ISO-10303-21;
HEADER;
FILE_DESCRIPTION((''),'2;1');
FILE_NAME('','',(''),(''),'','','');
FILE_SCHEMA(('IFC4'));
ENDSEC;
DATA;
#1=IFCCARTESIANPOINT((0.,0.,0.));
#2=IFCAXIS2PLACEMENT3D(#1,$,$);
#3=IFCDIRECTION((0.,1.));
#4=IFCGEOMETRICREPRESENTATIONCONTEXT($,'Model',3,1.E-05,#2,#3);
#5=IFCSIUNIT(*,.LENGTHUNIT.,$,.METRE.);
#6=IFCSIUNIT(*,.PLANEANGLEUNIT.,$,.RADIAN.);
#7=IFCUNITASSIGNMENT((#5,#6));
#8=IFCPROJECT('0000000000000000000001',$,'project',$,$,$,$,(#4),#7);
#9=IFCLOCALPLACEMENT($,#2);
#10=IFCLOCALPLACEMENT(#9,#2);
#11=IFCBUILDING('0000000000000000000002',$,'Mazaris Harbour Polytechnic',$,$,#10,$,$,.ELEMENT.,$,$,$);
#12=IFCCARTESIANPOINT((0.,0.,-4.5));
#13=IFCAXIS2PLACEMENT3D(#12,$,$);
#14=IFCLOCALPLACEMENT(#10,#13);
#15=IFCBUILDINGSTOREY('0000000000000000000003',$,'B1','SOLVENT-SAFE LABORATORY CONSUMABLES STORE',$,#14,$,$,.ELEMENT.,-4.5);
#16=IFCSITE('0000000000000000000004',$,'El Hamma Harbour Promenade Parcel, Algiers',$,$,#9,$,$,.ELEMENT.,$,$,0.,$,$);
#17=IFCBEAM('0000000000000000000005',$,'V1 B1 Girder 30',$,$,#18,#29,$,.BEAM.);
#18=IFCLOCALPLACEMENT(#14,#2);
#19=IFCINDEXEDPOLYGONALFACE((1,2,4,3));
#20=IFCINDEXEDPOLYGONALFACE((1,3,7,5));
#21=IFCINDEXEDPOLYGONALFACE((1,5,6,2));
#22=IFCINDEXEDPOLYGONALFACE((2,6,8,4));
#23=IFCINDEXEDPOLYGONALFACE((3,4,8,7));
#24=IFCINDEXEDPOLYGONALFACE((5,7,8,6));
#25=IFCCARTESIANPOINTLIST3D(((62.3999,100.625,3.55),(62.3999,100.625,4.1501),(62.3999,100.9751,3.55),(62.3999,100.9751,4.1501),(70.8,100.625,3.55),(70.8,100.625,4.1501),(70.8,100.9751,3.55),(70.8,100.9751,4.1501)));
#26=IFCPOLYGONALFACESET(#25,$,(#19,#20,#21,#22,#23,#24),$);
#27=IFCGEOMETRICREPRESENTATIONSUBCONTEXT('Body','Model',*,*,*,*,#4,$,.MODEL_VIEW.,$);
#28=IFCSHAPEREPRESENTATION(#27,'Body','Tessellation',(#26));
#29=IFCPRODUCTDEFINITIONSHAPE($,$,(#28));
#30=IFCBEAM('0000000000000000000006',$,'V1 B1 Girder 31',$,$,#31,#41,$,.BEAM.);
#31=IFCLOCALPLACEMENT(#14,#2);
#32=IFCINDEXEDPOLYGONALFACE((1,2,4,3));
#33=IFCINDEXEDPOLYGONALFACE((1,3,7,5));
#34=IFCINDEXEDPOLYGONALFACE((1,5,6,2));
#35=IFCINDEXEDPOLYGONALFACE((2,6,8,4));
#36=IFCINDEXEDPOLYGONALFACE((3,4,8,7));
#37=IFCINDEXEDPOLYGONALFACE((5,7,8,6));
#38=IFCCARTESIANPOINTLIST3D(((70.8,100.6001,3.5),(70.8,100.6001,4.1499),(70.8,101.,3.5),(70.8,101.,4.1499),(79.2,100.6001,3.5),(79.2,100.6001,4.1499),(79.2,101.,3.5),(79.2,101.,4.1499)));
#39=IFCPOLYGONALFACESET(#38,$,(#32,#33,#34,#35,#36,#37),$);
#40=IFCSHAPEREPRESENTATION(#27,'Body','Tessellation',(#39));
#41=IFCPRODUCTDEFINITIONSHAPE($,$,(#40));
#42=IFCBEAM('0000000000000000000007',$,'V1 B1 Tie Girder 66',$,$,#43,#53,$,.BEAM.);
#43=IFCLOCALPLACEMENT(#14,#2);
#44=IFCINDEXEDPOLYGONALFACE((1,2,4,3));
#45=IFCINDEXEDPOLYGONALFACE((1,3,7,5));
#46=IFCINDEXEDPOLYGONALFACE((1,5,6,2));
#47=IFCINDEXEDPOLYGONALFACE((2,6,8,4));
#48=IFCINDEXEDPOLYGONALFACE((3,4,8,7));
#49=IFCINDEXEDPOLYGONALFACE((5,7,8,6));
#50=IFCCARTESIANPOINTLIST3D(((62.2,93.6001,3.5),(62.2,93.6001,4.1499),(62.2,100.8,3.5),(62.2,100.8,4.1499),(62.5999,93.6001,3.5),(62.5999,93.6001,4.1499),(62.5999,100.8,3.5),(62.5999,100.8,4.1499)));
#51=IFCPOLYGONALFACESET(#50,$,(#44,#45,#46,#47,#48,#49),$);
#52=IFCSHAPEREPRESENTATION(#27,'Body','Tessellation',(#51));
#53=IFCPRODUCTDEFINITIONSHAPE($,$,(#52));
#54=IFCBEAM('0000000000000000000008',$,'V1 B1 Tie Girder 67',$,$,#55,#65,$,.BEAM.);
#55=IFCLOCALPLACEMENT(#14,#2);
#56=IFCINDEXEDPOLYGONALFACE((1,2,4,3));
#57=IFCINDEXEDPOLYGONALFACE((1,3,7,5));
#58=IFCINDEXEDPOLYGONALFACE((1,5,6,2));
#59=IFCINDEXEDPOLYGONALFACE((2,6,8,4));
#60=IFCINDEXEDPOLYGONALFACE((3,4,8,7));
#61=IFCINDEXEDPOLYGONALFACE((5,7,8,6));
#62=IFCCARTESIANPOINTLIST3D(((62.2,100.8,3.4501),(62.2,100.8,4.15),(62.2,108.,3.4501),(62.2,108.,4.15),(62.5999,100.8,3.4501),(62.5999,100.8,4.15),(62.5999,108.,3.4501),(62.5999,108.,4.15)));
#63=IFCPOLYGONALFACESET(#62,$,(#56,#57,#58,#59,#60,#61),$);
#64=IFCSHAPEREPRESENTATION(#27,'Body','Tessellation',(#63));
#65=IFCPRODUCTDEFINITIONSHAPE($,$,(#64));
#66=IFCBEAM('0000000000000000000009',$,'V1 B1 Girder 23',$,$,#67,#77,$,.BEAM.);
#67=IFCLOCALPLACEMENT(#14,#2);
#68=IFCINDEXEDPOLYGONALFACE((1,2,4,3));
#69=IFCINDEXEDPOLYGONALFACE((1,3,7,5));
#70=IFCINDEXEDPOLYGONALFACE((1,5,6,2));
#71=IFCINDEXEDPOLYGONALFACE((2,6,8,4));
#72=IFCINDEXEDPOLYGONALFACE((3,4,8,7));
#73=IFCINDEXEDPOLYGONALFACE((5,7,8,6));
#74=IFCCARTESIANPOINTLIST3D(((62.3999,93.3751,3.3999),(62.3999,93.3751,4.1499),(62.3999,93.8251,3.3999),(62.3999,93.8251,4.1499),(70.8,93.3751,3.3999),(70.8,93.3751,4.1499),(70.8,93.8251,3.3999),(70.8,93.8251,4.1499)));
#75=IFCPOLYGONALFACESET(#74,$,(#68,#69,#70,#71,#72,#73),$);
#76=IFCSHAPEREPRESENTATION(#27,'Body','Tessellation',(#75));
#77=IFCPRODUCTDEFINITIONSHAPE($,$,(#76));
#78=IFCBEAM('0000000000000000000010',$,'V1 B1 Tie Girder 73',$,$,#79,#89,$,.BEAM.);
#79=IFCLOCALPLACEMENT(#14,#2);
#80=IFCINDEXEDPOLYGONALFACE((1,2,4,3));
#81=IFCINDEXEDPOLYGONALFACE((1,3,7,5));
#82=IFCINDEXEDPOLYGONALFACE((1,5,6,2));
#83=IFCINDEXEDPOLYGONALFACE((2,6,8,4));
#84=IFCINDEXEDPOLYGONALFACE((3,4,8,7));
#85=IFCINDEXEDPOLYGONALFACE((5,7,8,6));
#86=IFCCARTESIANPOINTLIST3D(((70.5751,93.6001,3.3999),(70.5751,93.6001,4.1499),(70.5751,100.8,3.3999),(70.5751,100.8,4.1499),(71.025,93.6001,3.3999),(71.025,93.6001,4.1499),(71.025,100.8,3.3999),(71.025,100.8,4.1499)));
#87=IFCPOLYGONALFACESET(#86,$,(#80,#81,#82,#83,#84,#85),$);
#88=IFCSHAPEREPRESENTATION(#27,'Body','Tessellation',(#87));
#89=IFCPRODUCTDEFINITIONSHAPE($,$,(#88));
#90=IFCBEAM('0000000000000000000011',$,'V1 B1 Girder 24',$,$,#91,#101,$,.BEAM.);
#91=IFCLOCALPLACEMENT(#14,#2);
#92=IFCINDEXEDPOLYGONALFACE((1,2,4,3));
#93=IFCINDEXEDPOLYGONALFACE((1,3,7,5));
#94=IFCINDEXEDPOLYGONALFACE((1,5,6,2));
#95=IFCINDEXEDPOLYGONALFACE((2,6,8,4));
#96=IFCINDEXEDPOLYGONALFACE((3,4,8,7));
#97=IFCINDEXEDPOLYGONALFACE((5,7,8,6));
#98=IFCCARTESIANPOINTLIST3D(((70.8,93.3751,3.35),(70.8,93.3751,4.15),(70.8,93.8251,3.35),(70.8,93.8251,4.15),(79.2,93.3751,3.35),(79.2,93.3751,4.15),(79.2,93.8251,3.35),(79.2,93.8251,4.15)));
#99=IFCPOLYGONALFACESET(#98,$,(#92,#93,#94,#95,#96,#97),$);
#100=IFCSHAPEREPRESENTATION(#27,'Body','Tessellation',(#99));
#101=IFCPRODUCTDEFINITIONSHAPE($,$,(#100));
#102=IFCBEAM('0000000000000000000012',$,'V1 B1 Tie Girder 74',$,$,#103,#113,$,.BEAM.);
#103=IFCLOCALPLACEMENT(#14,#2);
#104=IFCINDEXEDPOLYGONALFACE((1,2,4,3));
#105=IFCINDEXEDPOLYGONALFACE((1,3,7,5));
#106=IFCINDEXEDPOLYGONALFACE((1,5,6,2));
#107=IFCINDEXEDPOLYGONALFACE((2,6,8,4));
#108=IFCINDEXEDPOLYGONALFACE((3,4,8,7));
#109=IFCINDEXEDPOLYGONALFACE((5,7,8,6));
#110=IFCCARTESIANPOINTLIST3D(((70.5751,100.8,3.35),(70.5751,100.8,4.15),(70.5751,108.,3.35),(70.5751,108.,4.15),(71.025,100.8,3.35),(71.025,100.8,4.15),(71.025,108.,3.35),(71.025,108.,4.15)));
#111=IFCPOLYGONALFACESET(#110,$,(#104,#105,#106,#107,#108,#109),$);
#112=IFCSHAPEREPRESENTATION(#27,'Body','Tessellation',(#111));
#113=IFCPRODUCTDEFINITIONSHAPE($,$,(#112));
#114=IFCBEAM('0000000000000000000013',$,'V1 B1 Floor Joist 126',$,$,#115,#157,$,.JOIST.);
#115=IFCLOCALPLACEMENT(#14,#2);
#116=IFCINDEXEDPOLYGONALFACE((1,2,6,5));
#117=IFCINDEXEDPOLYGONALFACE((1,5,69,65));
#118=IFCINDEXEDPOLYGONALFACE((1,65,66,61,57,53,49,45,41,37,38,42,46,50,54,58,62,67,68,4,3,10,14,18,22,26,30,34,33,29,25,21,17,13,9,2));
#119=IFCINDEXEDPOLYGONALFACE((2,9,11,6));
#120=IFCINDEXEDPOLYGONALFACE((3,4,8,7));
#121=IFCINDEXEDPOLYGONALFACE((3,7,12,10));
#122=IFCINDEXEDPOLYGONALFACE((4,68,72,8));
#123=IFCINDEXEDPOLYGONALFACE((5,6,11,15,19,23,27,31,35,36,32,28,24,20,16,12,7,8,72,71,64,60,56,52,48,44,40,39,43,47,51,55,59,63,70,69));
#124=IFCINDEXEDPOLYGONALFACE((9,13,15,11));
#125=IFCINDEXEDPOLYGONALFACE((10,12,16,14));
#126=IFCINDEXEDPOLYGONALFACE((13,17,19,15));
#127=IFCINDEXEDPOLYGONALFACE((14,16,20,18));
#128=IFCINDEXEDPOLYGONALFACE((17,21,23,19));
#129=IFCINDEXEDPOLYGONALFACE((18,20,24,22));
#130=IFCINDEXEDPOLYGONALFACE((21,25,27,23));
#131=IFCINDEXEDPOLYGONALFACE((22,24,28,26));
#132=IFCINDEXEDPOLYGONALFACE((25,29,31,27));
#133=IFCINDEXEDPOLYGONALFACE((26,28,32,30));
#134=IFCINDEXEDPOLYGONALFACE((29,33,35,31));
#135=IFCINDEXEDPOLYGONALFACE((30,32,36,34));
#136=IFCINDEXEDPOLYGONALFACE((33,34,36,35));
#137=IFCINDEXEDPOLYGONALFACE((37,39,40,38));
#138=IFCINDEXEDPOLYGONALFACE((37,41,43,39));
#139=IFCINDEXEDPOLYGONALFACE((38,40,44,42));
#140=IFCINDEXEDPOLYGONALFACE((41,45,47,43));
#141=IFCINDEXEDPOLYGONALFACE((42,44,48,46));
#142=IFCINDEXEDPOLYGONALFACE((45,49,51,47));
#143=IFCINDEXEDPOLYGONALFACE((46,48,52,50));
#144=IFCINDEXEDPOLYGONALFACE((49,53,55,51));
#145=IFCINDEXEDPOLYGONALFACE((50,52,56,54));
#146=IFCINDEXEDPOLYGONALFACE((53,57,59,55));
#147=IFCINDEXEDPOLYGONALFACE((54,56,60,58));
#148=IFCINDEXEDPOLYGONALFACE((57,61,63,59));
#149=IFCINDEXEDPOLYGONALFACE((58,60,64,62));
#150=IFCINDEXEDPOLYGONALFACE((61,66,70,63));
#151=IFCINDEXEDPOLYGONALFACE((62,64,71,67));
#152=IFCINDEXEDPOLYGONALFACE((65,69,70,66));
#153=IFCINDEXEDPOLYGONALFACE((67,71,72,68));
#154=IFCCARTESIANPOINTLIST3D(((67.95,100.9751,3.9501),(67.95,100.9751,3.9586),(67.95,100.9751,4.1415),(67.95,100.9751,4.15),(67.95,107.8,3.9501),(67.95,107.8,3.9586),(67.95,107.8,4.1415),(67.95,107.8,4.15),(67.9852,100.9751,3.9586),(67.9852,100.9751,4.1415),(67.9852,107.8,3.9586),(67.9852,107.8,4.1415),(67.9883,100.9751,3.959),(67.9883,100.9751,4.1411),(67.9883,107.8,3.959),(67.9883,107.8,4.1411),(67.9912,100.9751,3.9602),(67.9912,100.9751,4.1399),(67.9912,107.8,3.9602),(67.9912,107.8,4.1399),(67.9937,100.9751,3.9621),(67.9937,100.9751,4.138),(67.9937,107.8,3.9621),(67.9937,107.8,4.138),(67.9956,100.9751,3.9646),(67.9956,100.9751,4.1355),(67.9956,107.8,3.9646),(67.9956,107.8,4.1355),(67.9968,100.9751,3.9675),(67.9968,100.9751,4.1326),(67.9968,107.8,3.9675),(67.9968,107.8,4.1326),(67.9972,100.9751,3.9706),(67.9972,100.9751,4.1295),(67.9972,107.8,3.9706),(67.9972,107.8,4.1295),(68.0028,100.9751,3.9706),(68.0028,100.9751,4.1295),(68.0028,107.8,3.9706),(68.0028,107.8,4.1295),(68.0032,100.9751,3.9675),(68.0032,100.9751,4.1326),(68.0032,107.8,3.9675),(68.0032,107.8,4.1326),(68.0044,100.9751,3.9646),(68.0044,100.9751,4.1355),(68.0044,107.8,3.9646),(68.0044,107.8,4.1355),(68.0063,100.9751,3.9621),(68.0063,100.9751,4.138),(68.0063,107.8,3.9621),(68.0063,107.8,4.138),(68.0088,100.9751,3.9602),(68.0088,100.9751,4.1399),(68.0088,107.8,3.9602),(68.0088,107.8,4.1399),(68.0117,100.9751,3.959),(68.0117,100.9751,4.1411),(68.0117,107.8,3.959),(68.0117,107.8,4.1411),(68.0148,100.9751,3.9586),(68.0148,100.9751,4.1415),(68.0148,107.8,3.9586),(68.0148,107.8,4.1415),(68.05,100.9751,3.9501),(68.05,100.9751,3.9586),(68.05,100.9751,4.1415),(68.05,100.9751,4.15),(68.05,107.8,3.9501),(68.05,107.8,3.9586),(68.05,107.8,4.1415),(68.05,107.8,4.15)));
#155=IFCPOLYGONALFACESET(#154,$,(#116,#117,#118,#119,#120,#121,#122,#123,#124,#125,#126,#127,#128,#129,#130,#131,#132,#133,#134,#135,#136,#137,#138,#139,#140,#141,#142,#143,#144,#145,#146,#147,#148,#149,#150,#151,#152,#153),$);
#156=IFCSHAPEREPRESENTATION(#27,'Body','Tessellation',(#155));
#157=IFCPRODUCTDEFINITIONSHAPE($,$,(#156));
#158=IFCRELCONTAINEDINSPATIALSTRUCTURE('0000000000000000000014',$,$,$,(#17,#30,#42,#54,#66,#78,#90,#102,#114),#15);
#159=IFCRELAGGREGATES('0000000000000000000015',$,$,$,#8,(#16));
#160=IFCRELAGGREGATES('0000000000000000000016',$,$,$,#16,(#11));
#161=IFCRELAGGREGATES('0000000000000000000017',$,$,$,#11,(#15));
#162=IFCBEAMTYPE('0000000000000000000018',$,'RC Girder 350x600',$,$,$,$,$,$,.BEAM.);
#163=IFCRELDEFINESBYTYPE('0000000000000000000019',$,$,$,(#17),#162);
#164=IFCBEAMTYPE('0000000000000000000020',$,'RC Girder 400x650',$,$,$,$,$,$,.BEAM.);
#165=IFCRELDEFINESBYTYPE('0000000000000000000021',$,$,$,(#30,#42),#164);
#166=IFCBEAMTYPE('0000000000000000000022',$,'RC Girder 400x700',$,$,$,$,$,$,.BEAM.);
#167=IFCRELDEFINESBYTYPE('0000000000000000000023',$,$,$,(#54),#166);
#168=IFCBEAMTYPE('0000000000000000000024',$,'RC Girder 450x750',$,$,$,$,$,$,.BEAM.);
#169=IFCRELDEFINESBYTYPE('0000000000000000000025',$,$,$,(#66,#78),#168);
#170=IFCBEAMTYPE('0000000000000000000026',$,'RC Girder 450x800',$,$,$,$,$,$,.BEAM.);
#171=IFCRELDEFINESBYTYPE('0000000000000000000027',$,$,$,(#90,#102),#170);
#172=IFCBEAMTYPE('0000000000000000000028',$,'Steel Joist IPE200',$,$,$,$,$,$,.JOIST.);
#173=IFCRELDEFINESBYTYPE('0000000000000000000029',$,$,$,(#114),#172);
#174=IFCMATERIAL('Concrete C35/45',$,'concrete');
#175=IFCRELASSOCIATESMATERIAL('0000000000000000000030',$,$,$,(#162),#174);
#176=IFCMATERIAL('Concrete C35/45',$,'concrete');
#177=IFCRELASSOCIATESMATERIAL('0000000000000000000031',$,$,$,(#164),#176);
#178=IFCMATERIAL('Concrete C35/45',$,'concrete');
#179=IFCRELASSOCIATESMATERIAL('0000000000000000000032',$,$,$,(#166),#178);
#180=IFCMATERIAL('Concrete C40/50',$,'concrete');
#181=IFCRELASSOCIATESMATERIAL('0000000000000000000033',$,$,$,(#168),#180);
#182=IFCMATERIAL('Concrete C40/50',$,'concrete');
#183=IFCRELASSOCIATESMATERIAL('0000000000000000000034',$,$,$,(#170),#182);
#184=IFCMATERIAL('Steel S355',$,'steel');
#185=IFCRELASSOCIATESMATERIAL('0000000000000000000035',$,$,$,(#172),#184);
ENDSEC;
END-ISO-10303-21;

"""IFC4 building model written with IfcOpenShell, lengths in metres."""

from ifc_helpers import new_model, si_unit, direction, frame, origin, origin_2d, place, context, subcontext, project, spatial, rectangle, i_section, extrude, material, material_profile, profile_set, type_object, element, save


model = new_model("IFC4")

# Units and contexts
model_context = context("Model", 3, precision=1e-05, world=origin(), true_north=direction((0.0, 1.0)))
body_context = subcontext(model_context, "Body", "Model", "MODEL_VIEW")
ifc_project = project(units=[si_unit("LENGTHUNIT", "METRE"), si_unit("PLANEANGLEUNIT", "RADIAN")], contexts=[model_context])

# Site, building, storey
site_placement = place(None, origin())
site = spatial("IfcSite", under=ifc_project, at=site_placement, Name="El Hamma Harbour Promenade Parcel, Algiers", CompositionType="ELEMENT", RefElevation=0.0)
building_placement = place(site_placement, origin())
building = spatial("IfcBuilding", under=site, at=building_placement, Name="Mazaris Harbour Polytechnic", CompositionType="ELEMENT")
storey_placement = place(building_placement, frame((0.0, 0.0, -4.5)))
storey = spatial("IfcBuildingStorey", under=building, at=storey_placement, Name="B1", Description="SOLVENT-SAFE LABORATORY CONSUMABLES STORE", CompositionType="ELEMENT", Elevation=-4.5)

# Beams
ifc_material_1 = material(Name="Concrete C35/45", Category="concrete")
ifc_material_profile_1 = material_profile(ifc_material_1, rectangle(XDim=0.3501, YDim=0.6001, at=origin_2d()), Name="RECT350x600")
ifc_profile_set_1 = profile_set([ifc_material_profile_1], Name="Concrete C35/45")
beam_type_1 = type_object("IfcBeamType", Name="RC Girder 350x600", PredefinedType="BEAM", material=ifc_profile_set_1)
beam_1_placement = place(storey_placement, frame((62.3999, 100.8, 3.8501), z_axis=(1.0, 0.0, 0.0), x_axis=(0.0, 1.0, 0.0)))
element("IfcBeam", 1, at=beam_1_placement, inside=storey, type_object=beam_type_1, Name="V1 B1 Girder 30", PredefinedType="BEAM", context=body_context, shape_type="SweptSolid", body=[
    extrude(rectangle(XDim=0.3501, YDim=0.6001, at=origin_2d()), origin(), (0.0, 0.0, 1.0), 8.4001),
])
ifc_material_2 = material(Name="Concrete C35/45", Category="concrete")
ifc_material_profile_2 = material_profile(ifc_material_2, rectangle(XDim=0.3999, YDim=0.6499, at=origin_2d()), Name="RECT400x650")
ifc_profile_set_2 = profile_set([ifc_material_profile_2], Name="Concrete C35/45")
beam_type_2 = type_object("IfcBeamType", Name="RC Girder 400x650", PredefinedType="BEAM", material=ifc_profile_set_2)
beam_2_placement = place(storey_placement, frame((70.8, 100.8, 3.825), z_axis=(1.0, 0.0, 0.0), x_axis=(0.0, 1.0, 0.0)))
element("IfcBeam", 2, at=beam_2_placement, inside=storey, type_object=beam_type_2, Name="V1 B1 Girder 31", PredefinedType="BEAM", context=body_context, shape_type="SweptSolid", body=[
    extrude(rectangle(XDim=0.3999, YDim=0.6499, at=origin_2d()), origin(), (0.0, 0.0, 1.0), 8.3999),
])
beam_3_placement = place(storey_placement, frame((62.3999, 93.6001, 3.825), z_axis=(0.0, 1.0, 0.0), x_axis=(-1.0, 0.0, 0.0)))
element("IfcBeam", 3, at=beam_3_placement, inside=storey, type_object=beam_type_2, Name="V1 B1 Tie Girder 66", PredefinedType="BEAM", context=body_context, shape_type="SweptSolid", body=[
    extrude(rectangle(XDim=0.3999, YDim=0.6499, at=origin_2d()), origin(), (0.0, 0.0, 1.0), 7.2),
])
ifc_material_3 = material(Name="Concrete C35/45", Category="concrete")
ifc_material_profile_3 = material_profile(ifc_material_3, rectangle(XDim=0.3999, YDim=0.7, at=origin_2d()), Name="RECT400x700")
ifc_profile_set_3 = profile_set([ifc_material_profile_3], Name="Concrete C35/45")
beam_type_3 = type_object("IfcBeamType", Name="RC Girder 400x700", PredefinedType="BEAM", material=ifc_profile_set_3)
beam_4_placement = place(storey_placement, frame((62.3999, 100.8, 3.8), z_axis=(0.0, 1.0, 0.0), x_axis=(-1.0, 0.0, 0.0)))
element("IfcBeam", 4, at=beam_4_placement, inside=storey, type_object=beam_type_3, Name="V1 B1 Tie Girder 67", PredefinedType="BEAM", context=body_context, shape_type="SweptSolid", body=[
    extrude(rectangle(XDim=0.3999, YDim=0.7, at=origin_2d()), origin(), (0.0, 0.0, 1.0), 7.2),
])
ifc_material_4 = material(Name="Concrete C40/50", Category="concrete")
ifc_material_profile_4 = material_profile(ifc_material_4, rectangle(XDim=0.45, YDim=0.75, at=origin_2d()), Name="RECT450x750")
ifc_profile_set_4 = profile_set([ifc_material_profile_4], Name="Concrete C40/50")
beam_type_4 = type_object("IfcBeamType", Name="RC Girder 450x750", PredefinedType="BEAM", material=ifc_profile_set_4)
beam_5_placement = place(storey_placement, frame((62.3999, 93.6001, 3.7749), z_axis=(1.0, 0.0, 0.0), x_axis=(0.0, 1.0, 0.0)))
element("IfcBeam", 5, at=beam_5_placement, inside=storey, type_object=beam_type_4, Name="V1 B1 Girder 23", PredefinedType="BEAM", context=body_context, shape_type="SweptSolid", body=[
    extrude(rectangle(XDim=0.45, YDim=0.75, at=origin_2d()), origin(), (0.0, 0.0, 1.0), 8.4001),
])
beam_6_placement = place(storey_placement, frame((70.8, 93.6001, 3.7749), z_axis=(0.0, 1.0, 0.0), x_axis=(-1.0, 0.0, 0.0)))
element("IfcBeam", 6, at=beam_6_placement, inside=storey, type_object=beam_type_4, Name="V1 B1 Tie Girder 73", PredefinedType="BEAM", context=body_context, shape_type="SweptSolid", body=[
    extrude(rectangle(XDim=0.45, YDim=0.75, at=origin_2d()), origin(), (0.0, 0.0, 1.0), 7.2),
])
ifc_material_5 = material(Name="Concrete C40/50", Category="concrete")
ifc_material_profile_5 = material_profile(ifc_material_5, rectangle(XDim=0.45, YDim=0.8, at=origin_2d()), Name="RECT450x800")
ifc_profile_set_5 = profile_set([ifc_material_profile_5], Name="Concrete C40/50")
beam_type_5 = type_object("IfcBeamType", Name="RC Girder 450x800", PredefinedType="BEAM", material=ifc_profile_set_5)
beam_7_placement = place(storey_placement, frame((70.8, 93.6001, 3.75), z_axis=(1.0, 0.0, 0.0), x_axis=(0.0, 1.0, 0.0)))
element("IfcBeam", 7, at=beam_7_placement, inside=storey, type_object=beam_type_5, Name="V1 B1 Girder 24", PredefinedType="BEAM", context=body_context, shape_type="SweptSolid", body=[
    extrude(rectangle(XDim=0.45, YDim=0.8, at=origin_2d()), origin(), (0.0, 0.0, 1.0), 8.3999),
])
beam_8_placement = place(storey_placement, frame((70.8, 100.8, 3.75), z_axis=(0.0, 1.0, 0.0), x_axis=(-1.0, 0.0, 0.0)))
element("IfcBeam", 8, at=beam_8_placement, inside=storey, type_object=beam_type_5, Name="V1 B1 Tie Girder 74", PredefinedType="BEAM", context=body_context, shape_type="SweptSolid", body=[
    extrude(rectangle(XDim=0.45, YDim=0.8, at=origin_2d()), origin(), (0.0, 0.0, 1.0), 7.2),
])
ifc_material_6 = material(Name="Steel S355", Category="steel")
ifc_material_profile_6 = material_profile(ifc_material_6, i_section(OverallWidth=0.1001, OverallDepth=0.2, WebThickness=0.0056, FlangeThickness=0.0085, FilletRadius=0.012, at=origin_2d()), Name="IPE 200")
ifc_profile_set_6 = profile_set([ifc_material_profile_6], Name="Steel S355")
beam_type_6 = type_object("IfcBeamType", Name="Steel Joist IPE200", PredefinedType="JOIST", material=ifc_profile_set_6)
beam_9_placement = place(storey_placement, frame((68.0, 100.9751, 4.05), z_axis=(0.0, 1.0, 0.0), x_axis=(-1.0, 0.0, 0.0)))
element("IfcBeam", 9, at=beam_9_placement, inside=storey, type_object=beam_type_6, Name="V1 B1 Floor Joist 126", PredefinedType="JOIST", context=body_context, shape_type="SweptSolid", body=[
    extrude(i_section(OverallWidth=0.1001, OverallDepth=0.2, WebThickness=0.0056, FlangeThickness=0.0085, FilletRadius=0.012, at=origin_2d()), origin(), (0.0, 0.0, 1.0), 6.825),
])

save(model, "model.ifc")
